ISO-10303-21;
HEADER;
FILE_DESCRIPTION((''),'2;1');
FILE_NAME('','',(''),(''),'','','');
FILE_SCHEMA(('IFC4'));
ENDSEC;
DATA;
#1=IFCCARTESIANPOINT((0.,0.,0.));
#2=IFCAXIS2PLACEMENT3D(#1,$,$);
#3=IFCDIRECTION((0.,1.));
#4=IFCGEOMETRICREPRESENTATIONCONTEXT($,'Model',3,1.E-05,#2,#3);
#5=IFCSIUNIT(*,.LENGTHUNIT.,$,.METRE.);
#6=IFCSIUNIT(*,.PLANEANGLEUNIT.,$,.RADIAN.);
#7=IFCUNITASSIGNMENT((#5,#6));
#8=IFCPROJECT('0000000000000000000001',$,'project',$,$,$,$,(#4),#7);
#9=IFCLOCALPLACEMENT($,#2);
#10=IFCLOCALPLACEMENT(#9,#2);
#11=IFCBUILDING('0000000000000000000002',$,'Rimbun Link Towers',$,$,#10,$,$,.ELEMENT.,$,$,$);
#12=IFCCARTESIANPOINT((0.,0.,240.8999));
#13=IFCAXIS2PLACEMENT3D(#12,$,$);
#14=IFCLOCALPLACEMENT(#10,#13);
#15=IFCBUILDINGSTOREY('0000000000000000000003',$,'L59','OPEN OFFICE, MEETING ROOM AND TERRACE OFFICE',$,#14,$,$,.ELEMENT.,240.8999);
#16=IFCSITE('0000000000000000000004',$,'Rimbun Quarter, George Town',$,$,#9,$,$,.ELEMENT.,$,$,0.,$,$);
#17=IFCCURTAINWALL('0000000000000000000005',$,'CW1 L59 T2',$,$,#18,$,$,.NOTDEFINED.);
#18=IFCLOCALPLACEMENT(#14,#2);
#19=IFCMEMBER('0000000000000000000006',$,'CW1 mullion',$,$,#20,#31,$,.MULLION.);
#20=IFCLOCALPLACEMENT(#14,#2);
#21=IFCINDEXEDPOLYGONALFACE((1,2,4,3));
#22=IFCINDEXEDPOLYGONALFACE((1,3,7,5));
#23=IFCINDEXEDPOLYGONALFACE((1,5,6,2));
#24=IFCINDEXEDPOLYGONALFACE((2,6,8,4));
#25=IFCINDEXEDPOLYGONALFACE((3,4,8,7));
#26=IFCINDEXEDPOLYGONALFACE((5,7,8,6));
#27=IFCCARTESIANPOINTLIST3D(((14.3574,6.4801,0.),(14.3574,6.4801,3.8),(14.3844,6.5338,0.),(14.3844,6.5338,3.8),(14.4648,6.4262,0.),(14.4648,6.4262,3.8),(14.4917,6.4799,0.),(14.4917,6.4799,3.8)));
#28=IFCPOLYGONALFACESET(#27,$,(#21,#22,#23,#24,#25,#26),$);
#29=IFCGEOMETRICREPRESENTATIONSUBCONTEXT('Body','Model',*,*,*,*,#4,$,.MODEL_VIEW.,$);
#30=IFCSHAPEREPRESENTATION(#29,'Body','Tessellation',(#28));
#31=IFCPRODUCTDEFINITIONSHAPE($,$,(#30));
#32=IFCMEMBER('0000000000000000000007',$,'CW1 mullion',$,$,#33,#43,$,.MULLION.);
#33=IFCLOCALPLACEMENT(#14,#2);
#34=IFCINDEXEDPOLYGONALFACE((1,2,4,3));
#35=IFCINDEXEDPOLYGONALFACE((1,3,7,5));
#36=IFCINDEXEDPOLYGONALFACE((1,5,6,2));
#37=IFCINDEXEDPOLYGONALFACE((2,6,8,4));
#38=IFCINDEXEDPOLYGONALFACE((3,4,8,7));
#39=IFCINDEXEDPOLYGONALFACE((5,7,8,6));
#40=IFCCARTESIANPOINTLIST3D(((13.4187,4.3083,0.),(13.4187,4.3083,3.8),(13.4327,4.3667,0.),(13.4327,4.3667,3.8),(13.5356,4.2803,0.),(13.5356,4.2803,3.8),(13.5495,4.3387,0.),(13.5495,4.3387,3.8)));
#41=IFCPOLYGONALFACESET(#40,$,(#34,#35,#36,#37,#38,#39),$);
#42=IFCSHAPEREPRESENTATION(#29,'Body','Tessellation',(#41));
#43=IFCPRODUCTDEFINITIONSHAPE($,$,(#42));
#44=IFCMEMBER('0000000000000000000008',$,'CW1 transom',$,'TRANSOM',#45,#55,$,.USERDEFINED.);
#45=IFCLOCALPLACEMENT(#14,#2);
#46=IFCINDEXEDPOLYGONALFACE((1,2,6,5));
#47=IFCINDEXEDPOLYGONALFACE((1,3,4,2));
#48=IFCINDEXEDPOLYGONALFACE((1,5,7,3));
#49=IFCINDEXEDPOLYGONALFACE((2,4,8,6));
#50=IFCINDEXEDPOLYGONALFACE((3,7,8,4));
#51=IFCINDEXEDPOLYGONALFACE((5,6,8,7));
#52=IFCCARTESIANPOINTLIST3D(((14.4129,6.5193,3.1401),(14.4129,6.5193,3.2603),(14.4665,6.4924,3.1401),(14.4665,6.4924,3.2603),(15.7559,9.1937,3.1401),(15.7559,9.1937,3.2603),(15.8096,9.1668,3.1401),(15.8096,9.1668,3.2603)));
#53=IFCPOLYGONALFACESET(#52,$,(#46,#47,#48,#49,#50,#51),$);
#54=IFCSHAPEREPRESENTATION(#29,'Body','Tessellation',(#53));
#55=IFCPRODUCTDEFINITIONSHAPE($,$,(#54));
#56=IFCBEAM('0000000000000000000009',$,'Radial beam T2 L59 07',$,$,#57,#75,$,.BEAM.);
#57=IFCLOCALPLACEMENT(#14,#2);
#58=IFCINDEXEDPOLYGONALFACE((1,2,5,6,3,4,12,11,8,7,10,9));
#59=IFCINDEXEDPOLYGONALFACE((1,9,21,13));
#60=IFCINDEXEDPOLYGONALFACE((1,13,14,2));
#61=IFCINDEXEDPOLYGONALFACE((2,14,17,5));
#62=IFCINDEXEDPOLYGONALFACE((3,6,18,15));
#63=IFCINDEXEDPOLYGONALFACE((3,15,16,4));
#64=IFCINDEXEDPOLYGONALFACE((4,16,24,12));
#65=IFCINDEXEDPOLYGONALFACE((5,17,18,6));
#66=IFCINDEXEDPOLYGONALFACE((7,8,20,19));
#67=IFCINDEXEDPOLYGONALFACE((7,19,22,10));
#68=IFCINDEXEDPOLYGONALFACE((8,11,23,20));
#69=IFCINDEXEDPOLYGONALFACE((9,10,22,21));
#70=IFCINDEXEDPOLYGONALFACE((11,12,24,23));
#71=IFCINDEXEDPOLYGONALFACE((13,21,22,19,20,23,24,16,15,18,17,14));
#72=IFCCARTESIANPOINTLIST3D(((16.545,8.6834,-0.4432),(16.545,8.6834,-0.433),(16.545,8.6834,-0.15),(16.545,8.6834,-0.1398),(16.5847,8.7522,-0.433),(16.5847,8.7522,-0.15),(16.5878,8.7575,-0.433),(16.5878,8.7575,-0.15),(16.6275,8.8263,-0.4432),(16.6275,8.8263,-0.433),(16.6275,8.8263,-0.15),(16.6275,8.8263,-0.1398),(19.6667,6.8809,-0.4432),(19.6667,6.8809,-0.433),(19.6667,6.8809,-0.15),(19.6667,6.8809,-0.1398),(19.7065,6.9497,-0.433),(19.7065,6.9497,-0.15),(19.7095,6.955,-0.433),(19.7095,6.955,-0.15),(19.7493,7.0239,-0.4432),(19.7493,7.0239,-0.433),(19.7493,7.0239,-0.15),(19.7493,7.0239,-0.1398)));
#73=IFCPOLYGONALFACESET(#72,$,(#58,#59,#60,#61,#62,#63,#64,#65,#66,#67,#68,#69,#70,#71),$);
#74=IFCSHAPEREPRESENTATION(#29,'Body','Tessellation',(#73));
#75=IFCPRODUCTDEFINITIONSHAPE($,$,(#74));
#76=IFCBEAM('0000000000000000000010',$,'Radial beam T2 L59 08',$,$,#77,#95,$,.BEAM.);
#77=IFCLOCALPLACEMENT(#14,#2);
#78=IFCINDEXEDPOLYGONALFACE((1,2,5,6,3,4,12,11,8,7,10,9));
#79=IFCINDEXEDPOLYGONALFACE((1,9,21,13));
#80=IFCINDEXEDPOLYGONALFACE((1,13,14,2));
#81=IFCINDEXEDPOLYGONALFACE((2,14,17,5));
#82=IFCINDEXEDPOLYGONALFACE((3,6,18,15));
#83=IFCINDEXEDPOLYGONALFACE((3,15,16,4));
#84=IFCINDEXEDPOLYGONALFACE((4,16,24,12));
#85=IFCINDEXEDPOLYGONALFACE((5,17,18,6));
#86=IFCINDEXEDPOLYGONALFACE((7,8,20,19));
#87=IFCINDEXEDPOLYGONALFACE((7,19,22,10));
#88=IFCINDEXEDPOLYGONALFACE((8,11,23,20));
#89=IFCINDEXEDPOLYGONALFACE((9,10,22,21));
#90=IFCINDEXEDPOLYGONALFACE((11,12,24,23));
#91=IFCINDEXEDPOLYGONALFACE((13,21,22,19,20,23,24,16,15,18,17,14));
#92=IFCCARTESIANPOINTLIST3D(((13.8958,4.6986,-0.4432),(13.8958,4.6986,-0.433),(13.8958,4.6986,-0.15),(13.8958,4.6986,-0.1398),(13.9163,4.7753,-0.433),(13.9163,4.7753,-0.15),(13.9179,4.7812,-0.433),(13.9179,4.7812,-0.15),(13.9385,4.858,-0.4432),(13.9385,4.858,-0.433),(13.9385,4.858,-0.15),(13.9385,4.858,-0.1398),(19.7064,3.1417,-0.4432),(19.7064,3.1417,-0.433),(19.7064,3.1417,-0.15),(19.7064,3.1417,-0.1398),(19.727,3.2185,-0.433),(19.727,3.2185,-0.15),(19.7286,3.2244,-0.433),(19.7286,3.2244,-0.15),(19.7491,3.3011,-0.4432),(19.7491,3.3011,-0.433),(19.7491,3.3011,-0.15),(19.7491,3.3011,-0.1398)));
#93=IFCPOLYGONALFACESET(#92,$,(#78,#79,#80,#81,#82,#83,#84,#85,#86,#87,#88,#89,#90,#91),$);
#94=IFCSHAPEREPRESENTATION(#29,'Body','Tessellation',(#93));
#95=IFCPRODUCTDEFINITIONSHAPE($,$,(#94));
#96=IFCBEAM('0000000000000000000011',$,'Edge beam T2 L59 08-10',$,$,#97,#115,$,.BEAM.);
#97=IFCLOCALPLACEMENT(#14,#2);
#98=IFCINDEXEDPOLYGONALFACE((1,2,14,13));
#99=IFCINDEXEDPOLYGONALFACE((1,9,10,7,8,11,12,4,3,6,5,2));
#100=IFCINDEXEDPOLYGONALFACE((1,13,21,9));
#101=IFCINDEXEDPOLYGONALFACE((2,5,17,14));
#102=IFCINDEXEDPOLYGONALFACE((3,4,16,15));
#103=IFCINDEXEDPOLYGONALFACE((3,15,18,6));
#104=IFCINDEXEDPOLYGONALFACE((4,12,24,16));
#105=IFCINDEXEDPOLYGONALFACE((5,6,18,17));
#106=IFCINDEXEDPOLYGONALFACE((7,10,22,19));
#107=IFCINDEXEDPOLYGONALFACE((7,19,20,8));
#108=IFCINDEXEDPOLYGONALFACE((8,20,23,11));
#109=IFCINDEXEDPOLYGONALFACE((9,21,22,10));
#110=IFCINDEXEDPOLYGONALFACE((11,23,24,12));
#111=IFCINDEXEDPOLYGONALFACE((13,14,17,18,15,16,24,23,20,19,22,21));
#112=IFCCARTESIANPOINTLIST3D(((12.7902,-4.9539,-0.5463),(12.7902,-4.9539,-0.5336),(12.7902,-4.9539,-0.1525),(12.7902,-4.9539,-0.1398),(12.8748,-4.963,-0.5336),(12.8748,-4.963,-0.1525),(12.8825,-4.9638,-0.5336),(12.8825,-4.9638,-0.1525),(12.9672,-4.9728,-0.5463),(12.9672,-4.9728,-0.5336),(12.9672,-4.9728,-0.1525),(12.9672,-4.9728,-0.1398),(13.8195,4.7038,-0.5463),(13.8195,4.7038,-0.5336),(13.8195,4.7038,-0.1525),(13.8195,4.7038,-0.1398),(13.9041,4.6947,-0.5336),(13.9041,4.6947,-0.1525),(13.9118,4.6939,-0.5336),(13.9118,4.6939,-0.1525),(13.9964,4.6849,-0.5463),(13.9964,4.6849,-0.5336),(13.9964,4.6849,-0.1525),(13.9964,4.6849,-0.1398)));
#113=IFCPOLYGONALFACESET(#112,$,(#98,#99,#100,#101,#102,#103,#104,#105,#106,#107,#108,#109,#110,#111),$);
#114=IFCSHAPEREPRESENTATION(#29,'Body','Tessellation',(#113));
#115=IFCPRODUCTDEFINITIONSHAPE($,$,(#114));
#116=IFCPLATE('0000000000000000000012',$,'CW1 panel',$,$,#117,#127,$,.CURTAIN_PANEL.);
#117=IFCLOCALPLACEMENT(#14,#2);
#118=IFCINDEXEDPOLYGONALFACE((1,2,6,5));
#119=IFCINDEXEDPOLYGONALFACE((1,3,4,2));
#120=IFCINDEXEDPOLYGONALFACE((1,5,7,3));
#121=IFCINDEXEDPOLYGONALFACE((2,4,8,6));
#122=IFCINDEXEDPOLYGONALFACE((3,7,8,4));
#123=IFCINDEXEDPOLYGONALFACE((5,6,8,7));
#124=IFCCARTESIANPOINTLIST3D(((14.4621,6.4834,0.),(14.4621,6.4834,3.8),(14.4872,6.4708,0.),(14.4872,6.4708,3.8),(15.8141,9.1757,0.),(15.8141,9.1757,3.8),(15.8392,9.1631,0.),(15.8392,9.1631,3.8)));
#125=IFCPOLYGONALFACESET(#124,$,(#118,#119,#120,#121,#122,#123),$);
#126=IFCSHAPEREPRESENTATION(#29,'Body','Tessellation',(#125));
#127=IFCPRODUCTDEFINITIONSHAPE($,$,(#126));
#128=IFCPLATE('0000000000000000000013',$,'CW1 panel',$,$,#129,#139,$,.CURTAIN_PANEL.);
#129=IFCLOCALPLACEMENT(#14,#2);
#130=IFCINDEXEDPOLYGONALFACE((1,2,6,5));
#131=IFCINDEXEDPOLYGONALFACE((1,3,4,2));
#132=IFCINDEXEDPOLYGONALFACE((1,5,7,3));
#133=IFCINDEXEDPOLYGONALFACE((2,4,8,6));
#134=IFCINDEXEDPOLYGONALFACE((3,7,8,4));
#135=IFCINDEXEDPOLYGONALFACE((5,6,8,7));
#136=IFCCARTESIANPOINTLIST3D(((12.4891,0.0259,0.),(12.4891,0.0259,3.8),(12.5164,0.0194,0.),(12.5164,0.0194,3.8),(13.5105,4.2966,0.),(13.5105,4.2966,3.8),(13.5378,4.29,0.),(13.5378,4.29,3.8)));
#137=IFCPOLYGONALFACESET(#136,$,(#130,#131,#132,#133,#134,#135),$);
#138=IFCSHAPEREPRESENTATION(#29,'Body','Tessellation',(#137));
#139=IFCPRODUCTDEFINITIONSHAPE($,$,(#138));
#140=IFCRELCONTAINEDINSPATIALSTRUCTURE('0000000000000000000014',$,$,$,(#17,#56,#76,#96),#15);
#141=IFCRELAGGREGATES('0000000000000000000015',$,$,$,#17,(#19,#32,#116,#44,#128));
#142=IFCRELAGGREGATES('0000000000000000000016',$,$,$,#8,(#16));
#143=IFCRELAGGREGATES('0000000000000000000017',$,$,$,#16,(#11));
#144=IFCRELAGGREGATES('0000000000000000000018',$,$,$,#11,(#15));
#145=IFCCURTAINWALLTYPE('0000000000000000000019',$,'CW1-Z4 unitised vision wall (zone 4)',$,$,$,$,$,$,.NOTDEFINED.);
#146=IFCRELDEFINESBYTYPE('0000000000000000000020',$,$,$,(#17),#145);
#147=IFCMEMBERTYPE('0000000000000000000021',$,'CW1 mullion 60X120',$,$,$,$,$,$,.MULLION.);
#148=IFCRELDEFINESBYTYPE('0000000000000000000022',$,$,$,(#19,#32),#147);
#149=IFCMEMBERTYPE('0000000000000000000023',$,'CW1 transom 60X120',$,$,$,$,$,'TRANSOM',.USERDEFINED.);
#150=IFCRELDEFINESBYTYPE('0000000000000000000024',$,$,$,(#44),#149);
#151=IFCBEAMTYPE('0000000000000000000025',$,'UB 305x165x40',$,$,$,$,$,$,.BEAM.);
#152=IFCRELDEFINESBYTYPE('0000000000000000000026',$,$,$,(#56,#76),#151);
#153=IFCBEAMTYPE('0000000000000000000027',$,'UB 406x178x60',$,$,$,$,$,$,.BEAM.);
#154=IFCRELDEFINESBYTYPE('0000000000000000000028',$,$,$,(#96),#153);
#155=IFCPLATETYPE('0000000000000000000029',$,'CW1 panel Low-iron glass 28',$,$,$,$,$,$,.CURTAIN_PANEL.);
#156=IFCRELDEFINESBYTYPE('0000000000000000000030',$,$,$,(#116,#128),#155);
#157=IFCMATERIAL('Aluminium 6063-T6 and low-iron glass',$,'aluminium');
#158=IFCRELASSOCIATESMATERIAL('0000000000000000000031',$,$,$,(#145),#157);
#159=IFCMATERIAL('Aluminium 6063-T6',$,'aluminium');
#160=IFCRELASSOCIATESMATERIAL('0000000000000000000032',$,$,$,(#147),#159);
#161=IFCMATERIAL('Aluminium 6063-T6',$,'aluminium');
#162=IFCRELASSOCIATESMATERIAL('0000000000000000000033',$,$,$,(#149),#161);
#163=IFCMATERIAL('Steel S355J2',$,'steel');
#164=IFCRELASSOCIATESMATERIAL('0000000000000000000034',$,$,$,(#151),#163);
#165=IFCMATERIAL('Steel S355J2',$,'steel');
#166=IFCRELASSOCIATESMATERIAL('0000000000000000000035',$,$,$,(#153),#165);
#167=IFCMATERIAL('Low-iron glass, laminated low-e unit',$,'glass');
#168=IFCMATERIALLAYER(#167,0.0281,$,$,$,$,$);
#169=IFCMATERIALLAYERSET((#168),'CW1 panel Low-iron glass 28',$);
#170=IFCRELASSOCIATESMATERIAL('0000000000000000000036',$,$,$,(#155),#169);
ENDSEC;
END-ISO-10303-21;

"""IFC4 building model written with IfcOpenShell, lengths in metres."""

from ifc_helpers import new_model, si_unit, direction, frame, origin, origin_2d, place, context, subcontext, project, spatial, rectangle, i_section, extrude, material, layer, layer_set, material_profile, profile_set, type_object, element, aggregate, save


model = new_model("IFC4")

# Units and contexts
model_context = context("Model", 3, precision=1e-05, world=origin(), true_north=direction((0.0, 1.0)))
body_context = subcontext(model_context, "Body", "Model", "MODEL_VIEW")
ifc_project = project(units=[si_unit("LENGTHUNIT", "METRE"), si_unit("PLANEANGLEUNIT", "RADIAN")], contexts=[model_context])

# Site, building, storey
site_placement = place(None, origin())
site = spatial("IfcSite", under=ifc_project, at=site_placement, Name="Rimbun Quarter, George Town", CompositionType="ELEMENT", RefElevation=0.0)
building_placement = place(site_placement, origin())
building = spatial("IfcBuilding", under=site, at=building_placement, Name="Rimbun Link Towers", CompositionType="ELEMENT")
storey_placement = place(building_placement, frame((0.0, 0.0, 240.8999)))
storey = spatial("IfcBuildingStorey", under=building, at=storey_placement, Name="L59", Description="OPEN OFFICE, MEETING ROOM AND TERRACE OFFICE", CompositionType="ELEMENT", Elevation=240.8999)

# Curtain wall, members
ifc_material_1 = material(Name="Aluminium 6063-T6 and low-iron glass", Category="aluminium")
curtain_wall_type = type_object("IfcCurtainWallType", Name="CW1-Z4 unitised vision wall (zone 4)", PredefinedType="NOTDEFINED", material=ifc_material_1)
curtain_wall_placement = place(storey_placement, origin())
curtain_wall = element("IfcCurtainWall", 1, at=curtain_wall_placement, inside=storey, type_object=curtain_wall_type, Name="CW1 L59 T2", PredefinedType="NOTDEFINED")
ifc_material_2 = material(Name="Aluminium 6063-T6", Category="aluminium")
ifc_material_profile_1 = material_profile(ifc_material_2, rectangle(XDim=0.1201, YDim=0.0601, at=origin_2d()), Name="MULLION 60X120")
ifc_profile_set_1 = profile_set([ifc_material_profile_1], Name="Aluminium 6063-T6")
member_type_1 = type_object("IfcMemberType", Name="CW1 mullion 60X120", PredefinedType="MULLION", material=ifc_profile_set_1)
member_1_placement = place(storey_placement, frame((14.4246, 6.48, 0.0), z_axis=(0.0, 0.0, 1.0), x_axis=(-0.893643, 0.448779, 0.0)))
member_1 = element("IfcMember", 2, at=member_1_placement, type_object=member_type_1, Name="CW1 mullion", PredefinedType="MULLION", context=body_context, shape_type="SweptSolid", body=[
    extrude(rectangle(XDim=0.1201, YDim=0.0601, at=origin_2d()), origin(), (0.0, 0.0, 1.0), 3.8),
])
member_2_placement = place(storey_placement, frame((13.4841, 4.3235, 0.0), z_axis=(0.0, 0.0, 1.0), x_axis=(-0.972572, 0.232603, 0.0)))
member_2 = element("IfcMember", 3, at=member_2_placement, type_object=member_type_1, Name="CW1 mullion", PredefinedType="MULLION", context=body_context, shape_type="SweptSolid", body=[
    extrude(rectangle(XDim=0.1201, YDim=0.0601, at=origin_2d()), origin(), (0.0, 0.0, 1.0), 3.8),
])
ifc_material_3 = material(Name="Aluminium 6063-T6", Category="aluminium")
ifc_material_profile_2 = material_profile(ifc_material_3, rectangle(XDim=0.0601, YDim=0.1201, at=origin_2d()), Name="TRANSOM 60X120")
ifc_profile_set_2 = profile_set([ifc_material_profile_2], Name="Aluminium 6063-T6")
member_type_2 = type_object("IfcMemberType", Name="CW1 transom 60X120", ElementType="TRANSOM", PredefinedType="USERDEFINED", material=ifc_profile_set_2)
member_3_placement = place(storey_placement, frame((14.4397, 6.5059, 3.2002), z_axis=(0.448779, 0.893643, 0.0), x_axis=(-0.893643, 0.448779, 0.0)))
member_3 = element("IfcMember", 4, at=member_3_placement, type_object=member_type_2, Name="CW1 transom", ObjectType="TRANSOM", PredefinedType="USERDEFINED", context=body_context, shape_type="SweptSolid", body=[
    extrude(rectangle(XDim=0.0601, YDim=0.1201, at=origin_2d()), origin(), (0.0, 0.0, 1.0), 2.9927),
])

# Beams
ifc_material_4 = material(Name="Steel S355J2", Category="steel")
ifc_material_profile_3 = material_profile(ifc_material_4, i_section(OverallWidth=0.165, OverallDepth=0.3035, WebThickness=0.0061, FlangeThickness=0.0103, at=origin_2d()), Name="UB 305x165x40")
ifc_profile_set_3 = profile_set([ifc_material_profile_3], Name="Steel S355J2")
beam_type_1 = type_object("IfcBeamType", Name="UB 305x165x40", PredefinedType="BEAM", material=ifc_profile_set_3)
beam_1_placement = place(storey_placement, frame((19.708, 6.9524, -0.2915), z_axis=(-0.866013, 0.500021, 0.0), x_axis=(-0.500021, -0.866013, 0.0)))
element("IfcBeam", 5, at=beam_1_placement, inside=storey, type_object=beam_type_1, Name="Radial beam T2 L59 07", PredefinedType="BEAM", context=body_context, shape_type="SweptSolid", body=[
    extrude(i_section(OverallWidth=0.165, OverallDepth=0.3035, WebThickness=0.0061, FlangeThickness=0.0103, at=origin_2d()), origin(), (0.0, 0.0, 1.0), 3.6047),
])
beam_2_placement = place(storey_placement, frame((19.7278, 3.2214, -0.2915), z_axis=(-0.96593, 0.258802, 0.0), x_axis=(-0.258802, -0.96593, 0.0)))
element("IfcBeam", 6, at=beam_2_placement, inside=storey, type_object=beam_type_1, Name="Radial beam T2 L59 08", PredefinedType="BEAM", context=body_context, shape_type="SweptSolid", body=[
    extrude(i_section(OverallWidth=0.165, OverallDepth=0.3035, WebThickness=0.0061, FlangeThickness=0.0103, at=origin_2d()), origin(), (0.0, 0.0, 1.0), 6.0156),
])
ifc_material_5 = material(Name="Steel S355J2", Category="steel")
ifc_material_profile_4 = material_profile(ifc_material_5, i_section(OverallWidth=0.178, OverallDepth=0.4065, WebThickness=0.0078, FlangeThickness=0.0127, at=origin_2d()), Name="UB 406x178x60")
ifc_profile_set_4 = profile_set([ifc_material_profile_4], Name="Steel S355J2")
beam_type_2 = type_object("IfcBeamType", Name="UB 406x178x60", PredefinedType="BEAM", material=ifc_profile_set_4)
beam_3_placement = place(storey_placement, frame((13.908, 4.6943, -0.343), z_axis=(-0.105977, -0.994369, 0.0), x_axis=(0.994369, -0.105977, 0.0)))
element("IfcBeam", 7, at=beam_3_placement, inside=storey, type_object=beam_type_2, Name="Edge beam T2 L59 08-10", PredefinedType="BEAM", context=body_context, shape_type="SweptSolid", body=[
    extrude(i_section(OverallWidth=0.178, OverallDepth=0.4065, WebThickness=0.0078, FlangeThickness=0.0127, at=origin_2d()), origin(), (0.0, 0.0, 1.0), 9.7124),
])

# Plates
ifc_material_6 = material(Name="Low-iron glass, laminated low-e unit", Category="glass")
ifc_layer_1 = layer(ifc_material_6, 0.0281)
ifc_layer_set_1 = layer_set([ifc_layer_1], Name="CW1 panel Low-iron glass 28")
plate_type = type_object("IfcPlateType", Name="CW1 panel Low-iron glass 28", PredefinedType="CURTAIN_PANEL", material=ifc_layer_set_1)
plate_1_placement = place(storey_placement, frame((15.1506, 7.8232, 0.0), z_axis=(0.0, 0.0, 1.0), x_axis=(0.448779, 0.893643, 0.0)))
plate_1 = element("IfcPlate", 8, at=plate_1_placement, type_object=plate_type, Name="CW1 panel", PredefinedType="CURTAIN_PANEL", context=body_context, shape_type="SweptSolid", body=[
    extrude(rectangle(XDim=3.0127, YDim=0.0281, at=origin_2d()), origin(), (0.0, 0.0, 1.0), 3.8),
])
plate_2_placement = place(storey_placement, frame((13.0134, 2.158, 0.0), z_axis=(0.0, 0.0, 1.0), x_axis=(0.232603, 0.972572, 0.0)))
plate_2 = element("IfcPlate", 9, at=plate_2_placement, type_object=plate_type, Name="CW1 panel", PredefinedType="CURTAIN_PANEL", context=body_context, shape_type="SweptSolid", body=[
    extrude(rectangle(XDim=4.3911, YDim=0.0281, at=origin_2d()), origin(), (0.0, 0.0, 1.0), 3.8),
])
aggregate(curtain_wall, [member_1, member_2, plate_1, member_3, plate_2])

save(model, "model.ifc")
